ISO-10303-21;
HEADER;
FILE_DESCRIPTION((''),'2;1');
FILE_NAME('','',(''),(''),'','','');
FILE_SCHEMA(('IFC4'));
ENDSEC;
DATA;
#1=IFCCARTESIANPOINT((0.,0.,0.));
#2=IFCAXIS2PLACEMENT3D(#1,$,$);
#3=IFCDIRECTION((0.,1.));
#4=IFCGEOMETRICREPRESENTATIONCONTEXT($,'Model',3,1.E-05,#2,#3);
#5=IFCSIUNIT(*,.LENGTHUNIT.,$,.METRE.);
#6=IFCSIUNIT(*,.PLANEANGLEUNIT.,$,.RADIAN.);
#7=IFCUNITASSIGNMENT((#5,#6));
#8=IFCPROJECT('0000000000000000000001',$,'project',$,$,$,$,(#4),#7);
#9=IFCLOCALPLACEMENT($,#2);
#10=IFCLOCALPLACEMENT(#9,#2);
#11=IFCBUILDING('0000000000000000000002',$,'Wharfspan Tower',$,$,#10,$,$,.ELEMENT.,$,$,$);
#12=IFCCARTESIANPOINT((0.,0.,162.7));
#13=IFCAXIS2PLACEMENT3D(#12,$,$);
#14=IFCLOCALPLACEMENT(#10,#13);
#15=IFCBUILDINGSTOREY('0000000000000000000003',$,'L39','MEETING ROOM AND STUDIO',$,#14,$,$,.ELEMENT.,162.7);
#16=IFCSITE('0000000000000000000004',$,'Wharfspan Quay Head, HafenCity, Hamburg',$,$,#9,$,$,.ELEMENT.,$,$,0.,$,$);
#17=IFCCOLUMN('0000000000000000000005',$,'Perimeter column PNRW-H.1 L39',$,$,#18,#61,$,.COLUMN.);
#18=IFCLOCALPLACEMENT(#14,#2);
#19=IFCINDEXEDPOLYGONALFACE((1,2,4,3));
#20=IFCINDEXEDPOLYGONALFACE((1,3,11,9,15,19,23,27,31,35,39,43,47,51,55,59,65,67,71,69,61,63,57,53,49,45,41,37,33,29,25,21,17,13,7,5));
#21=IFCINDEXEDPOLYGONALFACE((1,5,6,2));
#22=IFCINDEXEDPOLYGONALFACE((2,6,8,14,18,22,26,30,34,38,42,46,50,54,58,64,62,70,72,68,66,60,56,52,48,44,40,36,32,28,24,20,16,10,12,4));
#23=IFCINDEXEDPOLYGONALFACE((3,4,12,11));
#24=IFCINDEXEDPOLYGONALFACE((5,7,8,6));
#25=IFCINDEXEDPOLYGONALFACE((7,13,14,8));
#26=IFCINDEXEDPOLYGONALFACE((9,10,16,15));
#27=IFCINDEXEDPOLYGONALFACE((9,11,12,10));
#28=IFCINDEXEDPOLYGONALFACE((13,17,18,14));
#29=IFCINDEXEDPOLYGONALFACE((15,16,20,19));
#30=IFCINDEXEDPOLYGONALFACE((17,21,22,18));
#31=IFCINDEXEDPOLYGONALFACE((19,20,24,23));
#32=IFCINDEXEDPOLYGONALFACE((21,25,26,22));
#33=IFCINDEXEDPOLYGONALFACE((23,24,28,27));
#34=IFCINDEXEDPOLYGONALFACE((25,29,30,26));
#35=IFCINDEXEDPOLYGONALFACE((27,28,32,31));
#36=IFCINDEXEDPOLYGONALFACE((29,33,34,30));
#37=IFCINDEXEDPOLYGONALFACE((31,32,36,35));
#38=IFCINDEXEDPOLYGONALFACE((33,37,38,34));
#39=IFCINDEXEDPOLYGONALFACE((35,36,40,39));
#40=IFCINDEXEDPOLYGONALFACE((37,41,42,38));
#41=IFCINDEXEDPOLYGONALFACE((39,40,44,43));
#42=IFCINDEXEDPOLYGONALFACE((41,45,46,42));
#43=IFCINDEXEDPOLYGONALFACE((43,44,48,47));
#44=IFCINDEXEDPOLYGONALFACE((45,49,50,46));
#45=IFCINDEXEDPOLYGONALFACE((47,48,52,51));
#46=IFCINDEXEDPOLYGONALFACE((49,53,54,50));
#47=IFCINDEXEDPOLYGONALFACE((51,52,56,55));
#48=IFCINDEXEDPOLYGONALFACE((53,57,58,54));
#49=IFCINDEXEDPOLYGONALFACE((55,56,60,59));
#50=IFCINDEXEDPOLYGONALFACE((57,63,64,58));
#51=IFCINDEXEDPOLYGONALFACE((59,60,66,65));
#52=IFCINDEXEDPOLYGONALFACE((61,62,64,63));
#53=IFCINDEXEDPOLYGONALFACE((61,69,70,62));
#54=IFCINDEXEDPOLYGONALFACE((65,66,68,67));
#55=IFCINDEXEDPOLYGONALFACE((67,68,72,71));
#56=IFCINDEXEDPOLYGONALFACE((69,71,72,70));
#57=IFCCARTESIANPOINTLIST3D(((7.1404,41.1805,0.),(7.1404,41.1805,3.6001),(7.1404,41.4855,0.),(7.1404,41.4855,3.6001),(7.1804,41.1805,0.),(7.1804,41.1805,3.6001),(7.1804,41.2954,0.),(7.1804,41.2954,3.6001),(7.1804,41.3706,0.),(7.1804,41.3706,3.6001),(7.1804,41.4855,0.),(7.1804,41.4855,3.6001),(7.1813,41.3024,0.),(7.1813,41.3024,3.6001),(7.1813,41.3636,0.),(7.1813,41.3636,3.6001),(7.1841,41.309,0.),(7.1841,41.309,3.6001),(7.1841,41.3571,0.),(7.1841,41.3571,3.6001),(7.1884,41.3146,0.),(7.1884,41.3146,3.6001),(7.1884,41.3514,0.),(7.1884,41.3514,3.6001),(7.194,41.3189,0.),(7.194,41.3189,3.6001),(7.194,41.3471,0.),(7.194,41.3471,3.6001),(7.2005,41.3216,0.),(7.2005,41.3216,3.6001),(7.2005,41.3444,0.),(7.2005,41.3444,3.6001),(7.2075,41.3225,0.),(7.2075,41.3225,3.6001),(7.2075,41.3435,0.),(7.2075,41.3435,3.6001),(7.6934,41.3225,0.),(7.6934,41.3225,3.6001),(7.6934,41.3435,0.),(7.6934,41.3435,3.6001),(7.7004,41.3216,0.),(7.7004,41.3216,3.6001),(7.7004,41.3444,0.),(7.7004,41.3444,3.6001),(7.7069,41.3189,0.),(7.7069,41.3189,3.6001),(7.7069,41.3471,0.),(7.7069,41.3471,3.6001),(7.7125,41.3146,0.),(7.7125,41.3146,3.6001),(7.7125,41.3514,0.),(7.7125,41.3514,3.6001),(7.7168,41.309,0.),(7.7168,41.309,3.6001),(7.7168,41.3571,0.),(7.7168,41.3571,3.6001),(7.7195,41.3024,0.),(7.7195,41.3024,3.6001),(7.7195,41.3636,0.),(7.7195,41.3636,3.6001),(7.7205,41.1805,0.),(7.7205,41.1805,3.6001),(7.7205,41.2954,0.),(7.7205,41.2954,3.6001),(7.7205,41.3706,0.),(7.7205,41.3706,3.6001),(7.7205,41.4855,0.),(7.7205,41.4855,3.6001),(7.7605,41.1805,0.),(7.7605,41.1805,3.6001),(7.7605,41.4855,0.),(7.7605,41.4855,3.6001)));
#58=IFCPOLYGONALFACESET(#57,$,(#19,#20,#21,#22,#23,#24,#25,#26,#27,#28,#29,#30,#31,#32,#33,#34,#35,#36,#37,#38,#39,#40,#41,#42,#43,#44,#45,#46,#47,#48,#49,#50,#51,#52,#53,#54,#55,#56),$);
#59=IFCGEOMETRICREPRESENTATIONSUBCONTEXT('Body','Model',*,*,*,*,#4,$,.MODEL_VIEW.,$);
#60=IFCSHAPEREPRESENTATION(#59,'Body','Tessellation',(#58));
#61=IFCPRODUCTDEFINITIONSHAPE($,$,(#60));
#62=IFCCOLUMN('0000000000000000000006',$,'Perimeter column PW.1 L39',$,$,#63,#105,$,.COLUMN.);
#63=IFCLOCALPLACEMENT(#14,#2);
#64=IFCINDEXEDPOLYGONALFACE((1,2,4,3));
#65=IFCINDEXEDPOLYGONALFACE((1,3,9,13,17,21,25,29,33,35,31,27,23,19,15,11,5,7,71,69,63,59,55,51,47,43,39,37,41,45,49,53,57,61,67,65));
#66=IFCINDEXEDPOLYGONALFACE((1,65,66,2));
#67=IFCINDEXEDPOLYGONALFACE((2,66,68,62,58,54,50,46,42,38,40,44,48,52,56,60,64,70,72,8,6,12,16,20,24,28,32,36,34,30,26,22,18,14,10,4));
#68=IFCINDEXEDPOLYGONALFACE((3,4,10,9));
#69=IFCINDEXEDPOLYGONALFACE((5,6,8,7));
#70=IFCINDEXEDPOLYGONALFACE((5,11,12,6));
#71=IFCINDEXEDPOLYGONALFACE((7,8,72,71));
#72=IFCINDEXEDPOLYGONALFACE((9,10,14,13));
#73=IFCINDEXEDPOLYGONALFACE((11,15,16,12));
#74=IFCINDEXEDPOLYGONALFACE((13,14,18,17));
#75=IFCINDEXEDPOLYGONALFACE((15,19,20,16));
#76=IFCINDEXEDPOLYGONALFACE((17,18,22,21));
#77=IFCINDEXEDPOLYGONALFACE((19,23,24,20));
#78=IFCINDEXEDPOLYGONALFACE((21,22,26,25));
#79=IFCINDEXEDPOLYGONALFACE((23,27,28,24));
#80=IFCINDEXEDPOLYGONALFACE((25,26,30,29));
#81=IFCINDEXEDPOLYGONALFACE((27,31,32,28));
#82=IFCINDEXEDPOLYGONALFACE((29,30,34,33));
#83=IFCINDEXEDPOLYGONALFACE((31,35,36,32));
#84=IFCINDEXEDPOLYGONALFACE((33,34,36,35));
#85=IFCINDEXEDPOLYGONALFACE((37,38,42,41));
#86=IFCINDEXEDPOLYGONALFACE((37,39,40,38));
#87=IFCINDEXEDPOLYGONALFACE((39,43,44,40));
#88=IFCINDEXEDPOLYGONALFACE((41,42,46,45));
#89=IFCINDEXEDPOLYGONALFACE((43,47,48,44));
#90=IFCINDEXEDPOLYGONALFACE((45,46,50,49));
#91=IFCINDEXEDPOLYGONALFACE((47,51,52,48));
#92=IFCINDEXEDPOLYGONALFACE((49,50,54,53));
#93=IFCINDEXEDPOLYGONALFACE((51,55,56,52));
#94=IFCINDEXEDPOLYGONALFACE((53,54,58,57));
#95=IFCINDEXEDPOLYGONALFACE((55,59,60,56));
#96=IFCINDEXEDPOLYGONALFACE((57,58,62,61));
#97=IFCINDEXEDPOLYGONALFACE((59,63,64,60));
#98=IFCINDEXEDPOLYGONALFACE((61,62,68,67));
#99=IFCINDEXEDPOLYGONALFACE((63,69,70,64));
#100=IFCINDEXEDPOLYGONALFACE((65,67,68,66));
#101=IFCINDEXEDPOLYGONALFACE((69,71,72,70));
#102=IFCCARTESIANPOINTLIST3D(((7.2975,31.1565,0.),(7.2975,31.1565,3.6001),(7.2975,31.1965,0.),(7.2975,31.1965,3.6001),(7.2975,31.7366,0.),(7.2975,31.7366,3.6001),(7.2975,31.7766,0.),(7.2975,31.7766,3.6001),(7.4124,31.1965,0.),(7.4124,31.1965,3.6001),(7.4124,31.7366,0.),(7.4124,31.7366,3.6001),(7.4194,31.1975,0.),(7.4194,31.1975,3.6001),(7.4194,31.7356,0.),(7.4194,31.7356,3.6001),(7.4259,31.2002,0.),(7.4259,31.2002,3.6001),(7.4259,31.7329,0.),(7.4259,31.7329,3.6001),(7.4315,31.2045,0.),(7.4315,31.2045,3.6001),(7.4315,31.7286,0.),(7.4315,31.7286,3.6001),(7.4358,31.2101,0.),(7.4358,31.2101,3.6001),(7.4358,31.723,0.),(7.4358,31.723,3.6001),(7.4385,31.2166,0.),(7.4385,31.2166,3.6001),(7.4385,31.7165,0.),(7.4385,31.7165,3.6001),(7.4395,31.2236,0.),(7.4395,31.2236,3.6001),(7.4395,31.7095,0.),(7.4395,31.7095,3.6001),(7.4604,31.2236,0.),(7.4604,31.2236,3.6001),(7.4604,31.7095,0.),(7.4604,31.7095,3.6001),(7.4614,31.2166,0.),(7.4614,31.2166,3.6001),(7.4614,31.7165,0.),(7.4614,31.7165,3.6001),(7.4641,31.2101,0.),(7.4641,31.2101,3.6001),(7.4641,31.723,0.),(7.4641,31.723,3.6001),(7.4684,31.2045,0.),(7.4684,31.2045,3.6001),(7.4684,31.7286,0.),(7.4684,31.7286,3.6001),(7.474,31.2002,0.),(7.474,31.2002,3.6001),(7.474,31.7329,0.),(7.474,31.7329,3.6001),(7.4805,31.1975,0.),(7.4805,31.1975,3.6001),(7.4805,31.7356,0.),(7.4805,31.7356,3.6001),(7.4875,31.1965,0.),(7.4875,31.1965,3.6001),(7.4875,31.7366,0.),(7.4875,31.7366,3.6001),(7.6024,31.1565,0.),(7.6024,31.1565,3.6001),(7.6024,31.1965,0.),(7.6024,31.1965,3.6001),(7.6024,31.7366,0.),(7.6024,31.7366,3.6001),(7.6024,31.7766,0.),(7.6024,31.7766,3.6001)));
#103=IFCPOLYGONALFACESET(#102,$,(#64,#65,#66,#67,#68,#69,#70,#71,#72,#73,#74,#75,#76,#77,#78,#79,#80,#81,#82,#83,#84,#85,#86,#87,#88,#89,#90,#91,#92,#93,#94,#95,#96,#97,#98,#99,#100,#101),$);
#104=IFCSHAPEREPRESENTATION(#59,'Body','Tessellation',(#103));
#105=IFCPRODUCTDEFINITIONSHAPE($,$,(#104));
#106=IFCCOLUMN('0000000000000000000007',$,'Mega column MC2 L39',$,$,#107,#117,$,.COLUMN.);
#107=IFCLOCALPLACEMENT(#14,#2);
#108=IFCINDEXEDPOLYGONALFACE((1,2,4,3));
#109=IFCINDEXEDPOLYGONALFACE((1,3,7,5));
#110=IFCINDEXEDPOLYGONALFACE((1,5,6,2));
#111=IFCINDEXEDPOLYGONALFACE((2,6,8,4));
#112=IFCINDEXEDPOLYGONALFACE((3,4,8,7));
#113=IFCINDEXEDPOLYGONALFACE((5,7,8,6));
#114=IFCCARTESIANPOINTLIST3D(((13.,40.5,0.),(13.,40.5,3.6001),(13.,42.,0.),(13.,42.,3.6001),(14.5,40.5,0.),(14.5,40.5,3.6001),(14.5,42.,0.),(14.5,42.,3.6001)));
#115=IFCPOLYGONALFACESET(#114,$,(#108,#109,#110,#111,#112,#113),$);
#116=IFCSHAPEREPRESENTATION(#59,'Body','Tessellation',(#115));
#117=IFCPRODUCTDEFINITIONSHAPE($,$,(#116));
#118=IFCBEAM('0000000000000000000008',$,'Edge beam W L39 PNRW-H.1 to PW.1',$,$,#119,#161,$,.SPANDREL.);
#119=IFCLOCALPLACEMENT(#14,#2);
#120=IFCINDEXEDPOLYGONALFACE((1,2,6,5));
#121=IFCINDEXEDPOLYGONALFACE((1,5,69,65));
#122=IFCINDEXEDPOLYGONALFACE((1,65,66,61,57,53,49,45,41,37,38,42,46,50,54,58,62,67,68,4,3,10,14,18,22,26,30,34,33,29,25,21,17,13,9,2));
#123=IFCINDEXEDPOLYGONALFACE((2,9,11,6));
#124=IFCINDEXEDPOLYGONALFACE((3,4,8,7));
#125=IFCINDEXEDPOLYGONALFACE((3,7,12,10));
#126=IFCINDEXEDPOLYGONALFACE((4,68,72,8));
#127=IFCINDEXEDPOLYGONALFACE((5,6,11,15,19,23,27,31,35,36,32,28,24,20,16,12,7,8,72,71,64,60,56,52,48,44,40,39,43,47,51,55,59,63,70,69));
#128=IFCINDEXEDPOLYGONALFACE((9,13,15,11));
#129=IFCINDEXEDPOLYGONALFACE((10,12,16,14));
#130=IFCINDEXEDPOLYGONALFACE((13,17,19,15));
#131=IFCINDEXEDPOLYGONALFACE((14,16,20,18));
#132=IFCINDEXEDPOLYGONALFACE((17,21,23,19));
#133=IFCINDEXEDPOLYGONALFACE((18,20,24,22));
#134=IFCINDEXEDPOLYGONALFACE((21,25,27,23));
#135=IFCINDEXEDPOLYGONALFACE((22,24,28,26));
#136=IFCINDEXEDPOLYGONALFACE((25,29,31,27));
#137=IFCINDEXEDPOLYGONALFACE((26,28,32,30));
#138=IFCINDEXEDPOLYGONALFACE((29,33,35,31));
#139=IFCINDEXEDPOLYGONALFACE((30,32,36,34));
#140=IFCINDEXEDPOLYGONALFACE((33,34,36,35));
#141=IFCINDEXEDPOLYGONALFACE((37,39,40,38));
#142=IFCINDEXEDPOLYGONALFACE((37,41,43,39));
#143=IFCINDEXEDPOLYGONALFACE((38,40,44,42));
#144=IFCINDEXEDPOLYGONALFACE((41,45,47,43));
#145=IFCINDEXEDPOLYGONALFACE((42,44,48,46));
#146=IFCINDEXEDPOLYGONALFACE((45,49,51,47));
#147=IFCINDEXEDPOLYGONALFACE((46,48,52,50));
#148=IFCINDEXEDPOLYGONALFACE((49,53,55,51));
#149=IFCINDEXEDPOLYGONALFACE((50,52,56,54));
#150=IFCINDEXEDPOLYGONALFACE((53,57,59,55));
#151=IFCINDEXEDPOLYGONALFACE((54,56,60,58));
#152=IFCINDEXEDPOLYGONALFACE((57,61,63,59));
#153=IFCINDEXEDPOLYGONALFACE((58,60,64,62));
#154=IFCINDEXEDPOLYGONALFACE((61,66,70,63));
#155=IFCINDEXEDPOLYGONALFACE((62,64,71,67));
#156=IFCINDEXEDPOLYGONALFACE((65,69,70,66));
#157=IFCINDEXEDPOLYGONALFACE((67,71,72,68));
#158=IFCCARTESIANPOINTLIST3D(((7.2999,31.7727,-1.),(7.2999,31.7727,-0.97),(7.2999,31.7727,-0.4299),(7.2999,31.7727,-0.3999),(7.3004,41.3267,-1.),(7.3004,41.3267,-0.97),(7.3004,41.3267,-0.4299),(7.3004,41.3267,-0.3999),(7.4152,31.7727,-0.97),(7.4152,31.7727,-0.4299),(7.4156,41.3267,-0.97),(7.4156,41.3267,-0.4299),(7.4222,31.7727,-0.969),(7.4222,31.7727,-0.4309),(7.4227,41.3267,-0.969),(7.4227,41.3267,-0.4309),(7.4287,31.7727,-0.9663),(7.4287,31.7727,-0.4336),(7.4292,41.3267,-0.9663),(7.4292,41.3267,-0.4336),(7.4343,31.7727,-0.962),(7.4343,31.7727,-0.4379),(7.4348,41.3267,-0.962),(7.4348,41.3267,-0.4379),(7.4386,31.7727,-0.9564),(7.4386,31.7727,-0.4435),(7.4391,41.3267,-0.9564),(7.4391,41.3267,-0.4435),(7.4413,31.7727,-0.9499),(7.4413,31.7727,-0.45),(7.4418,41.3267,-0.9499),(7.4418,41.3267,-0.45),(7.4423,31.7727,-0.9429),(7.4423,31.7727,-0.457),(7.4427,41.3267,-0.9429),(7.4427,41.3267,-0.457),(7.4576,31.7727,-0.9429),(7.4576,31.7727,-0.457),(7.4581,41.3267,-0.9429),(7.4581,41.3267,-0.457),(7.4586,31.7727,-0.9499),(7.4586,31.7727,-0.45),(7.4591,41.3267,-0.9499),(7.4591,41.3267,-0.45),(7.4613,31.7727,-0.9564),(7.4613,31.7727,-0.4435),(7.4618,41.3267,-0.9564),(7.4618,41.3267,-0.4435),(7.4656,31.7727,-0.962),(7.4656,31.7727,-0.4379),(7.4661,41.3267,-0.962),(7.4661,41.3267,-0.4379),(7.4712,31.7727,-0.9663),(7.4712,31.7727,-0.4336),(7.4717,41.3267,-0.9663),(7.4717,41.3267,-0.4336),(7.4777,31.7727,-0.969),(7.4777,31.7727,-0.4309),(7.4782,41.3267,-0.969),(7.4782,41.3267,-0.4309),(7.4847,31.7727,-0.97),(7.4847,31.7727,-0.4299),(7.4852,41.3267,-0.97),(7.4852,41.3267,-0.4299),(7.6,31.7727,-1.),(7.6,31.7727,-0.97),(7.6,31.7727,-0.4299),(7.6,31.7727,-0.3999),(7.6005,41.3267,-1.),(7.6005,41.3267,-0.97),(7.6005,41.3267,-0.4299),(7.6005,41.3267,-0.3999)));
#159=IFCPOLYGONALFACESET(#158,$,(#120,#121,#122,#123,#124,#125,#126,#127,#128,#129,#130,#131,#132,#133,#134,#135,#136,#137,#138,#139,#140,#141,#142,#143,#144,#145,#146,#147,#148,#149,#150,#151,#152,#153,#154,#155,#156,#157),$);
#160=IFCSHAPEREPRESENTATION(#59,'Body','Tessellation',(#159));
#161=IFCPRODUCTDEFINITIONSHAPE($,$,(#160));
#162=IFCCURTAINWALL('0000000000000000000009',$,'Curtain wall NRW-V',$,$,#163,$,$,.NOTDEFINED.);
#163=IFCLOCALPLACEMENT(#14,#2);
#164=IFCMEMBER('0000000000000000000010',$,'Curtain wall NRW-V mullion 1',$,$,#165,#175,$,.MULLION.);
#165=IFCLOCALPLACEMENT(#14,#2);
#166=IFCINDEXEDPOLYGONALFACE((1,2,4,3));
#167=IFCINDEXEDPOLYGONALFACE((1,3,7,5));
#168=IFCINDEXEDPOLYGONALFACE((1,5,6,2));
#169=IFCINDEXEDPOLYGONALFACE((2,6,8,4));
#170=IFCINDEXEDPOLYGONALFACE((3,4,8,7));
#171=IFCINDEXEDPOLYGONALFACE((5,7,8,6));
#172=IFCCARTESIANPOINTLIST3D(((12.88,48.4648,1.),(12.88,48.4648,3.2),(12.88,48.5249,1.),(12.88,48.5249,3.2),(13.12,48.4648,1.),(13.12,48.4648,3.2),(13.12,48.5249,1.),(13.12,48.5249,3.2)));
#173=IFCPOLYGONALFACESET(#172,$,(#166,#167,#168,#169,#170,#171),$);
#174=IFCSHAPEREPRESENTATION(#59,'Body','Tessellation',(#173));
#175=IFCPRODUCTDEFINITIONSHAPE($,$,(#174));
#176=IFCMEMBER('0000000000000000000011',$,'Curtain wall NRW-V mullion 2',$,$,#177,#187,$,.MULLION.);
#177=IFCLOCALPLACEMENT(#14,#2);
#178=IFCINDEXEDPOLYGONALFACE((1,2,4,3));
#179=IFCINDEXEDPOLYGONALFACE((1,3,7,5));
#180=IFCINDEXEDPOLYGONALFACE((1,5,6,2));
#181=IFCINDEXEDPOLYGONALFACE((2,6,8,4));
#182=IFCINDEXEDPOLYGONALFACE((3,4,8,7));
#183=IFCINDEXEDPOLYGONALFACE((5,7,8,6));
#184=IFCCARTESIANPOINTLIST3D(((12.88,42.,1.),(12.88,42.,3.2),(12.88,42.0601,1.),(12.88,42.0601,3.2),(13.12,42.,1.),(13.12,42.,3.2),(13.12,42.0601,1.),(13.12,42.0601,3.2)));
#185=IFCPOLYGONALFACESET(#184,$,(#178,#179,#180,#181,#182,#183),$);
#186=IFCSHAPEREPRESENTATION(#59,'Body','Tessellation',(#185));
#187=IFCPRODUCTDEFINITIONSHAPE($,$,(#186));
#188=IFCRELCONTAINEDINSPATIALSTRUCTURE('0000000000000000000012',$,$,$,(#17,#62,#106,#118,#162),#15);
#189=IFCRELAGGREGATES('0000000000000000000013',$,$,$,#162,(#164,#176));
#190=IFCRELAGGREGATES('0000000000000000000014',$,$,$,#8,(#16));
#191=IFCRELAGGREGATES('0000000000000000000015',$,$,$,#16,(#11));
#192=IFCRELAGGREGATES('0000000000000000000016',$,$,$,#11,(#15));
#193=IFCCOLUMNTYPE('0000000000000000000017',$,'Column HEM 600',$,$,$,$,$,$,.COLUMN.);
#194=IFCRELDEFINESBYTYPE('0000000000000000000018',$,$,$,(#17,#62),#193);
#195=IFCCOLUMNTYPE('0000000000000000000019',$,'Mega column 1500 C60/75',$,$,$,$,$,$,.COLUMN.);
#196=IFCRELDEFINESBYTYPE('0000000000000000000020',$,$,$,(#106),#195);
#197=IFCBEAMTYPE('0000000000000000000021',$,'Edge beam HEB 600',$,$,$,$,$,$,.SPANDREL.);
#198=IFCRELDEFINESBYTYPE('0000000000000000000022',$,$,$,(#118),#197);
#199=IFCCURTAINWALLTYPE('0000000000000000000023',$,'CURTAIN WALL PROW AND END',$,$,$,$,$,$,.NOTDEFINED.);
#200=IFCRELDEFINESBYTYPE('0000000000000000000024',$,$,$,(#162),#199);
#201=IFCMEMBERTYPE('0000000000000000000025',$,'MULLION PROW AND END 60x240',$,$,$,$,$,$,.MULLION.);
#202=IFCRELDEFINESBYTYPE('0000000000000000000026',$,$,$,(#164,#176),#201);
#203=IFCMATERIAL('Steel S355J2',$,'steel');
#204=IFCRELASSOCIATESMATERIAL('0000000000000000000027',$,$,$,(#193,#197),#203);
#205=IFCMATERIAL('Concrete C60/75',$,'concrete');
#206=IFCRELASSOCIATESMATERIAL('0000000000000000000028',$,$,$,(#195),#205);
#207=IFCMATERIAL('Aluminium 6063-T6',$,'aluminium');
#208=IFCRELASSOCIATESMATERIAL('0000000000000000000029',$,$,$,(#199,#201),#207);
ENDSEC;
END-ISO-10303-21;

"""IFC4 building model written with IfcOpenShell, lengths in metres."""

from ifc_helpers import new_model, si_unit, direction, frame, origin, origin_2d, place, context, subcontext, project, spatial, rectangle, i_section, extrude, material, material_profile, profile_set, type_object, element, aggregate, save


model = new_model("IFC4")

# Units and contexts
model_context = context("Model", 3, precision=1e-05, world=origin(), true_north=direction((0.0, 1.0)))
body_context = subcontext(model_context, "Body", "Model", "MODEL_VIEW")
ifc_project = project(units=[si_unit("LENGTHUNIT", "METRE"), si_unit("PLANEANGLEUNIT", "RADIAN")], contexts=[model_context])

# Site, building, storey
site_placement = place(None, origin())
site = spatial("IfcSite", under=ifc_project, at=site_placement, Name="Wharfspan Quay Head, HafenCity, Hamburg", CompositionType="ELEMENT", RefElevation=0.0)
building_placement = place(site_placement, origin())
building = spatial("IfcBuilding", under=site, at=building_placement, Name="Wharfspan Tower", CompositionType="ELEMENT")
storey_placement = place(building_placement, frame((0.0, 0.0, 162.7)))
storey = spatial("IfcBuildingStorey", under=building, at=storey_placement, Name="L39", Description="MEETING ROOM AND STUDIO", CompositionType="ELEMENT", Elevation=162.7)

# Columns
ifc_material_1 = material(Name="Steel S355J2", Category="steel")
ifc_material_profile_1 = material_profile(ifc_material_1, i_section(OverallWidth=0.3049, OverallDepth=0.6201, WebThickness=0.021, FlangeThickness=0.04, FilletRadius=0.0271, at=origin_2d()))
ifc_profile_set_1 = profile_set([ifc_material_profile_1], Name="Steel S355J2")
column_type_1 = type_object("IfcColumnType", Name="Column HEM 600", PredefinedType="COLUMN", material=ifc_profile_set_1)
for number, where, z_axis, x_axis, name in (
    (1, (7.4504, 41.333, 0.0), (0.0, 0.0, 1.0), (0.0, 1.0, 0.0), "Perimeter column PNRW-H.1 L39"),
    (2, (7.45, 31.4666, 0.0), (0.0, 0.0, 1.0), (-1.0, 0.0, 0.0), "Perimeter column PW.1 L39"),
):
    element("IfcColumn", number, at=place(storey_placement, frame(where, z_axis=z_axis, x_axis=x_axis)), inside=storey, type_object=column_type_1, Name=name, PredefinedType="COLUMN", context=body_context, shape_type="SweptSolid", body=[
        extrude(i_section(OverallWidth=0.3049, OverallDepth=0.6201, WebThickness=0.021, FlangeThickness=0.04, FilletRadius=0.0271, at=origin_2d()), origin(), (0.0, 0.0, 1.0), 3.6001),
    ])
ifc_material_2 = material(Name="Concrete C60/75", Category="concrete")
ifc_material_profile_2 = material_profile(ifc_material_2, rectangle(XDim=1.5, YDim=1.5, at=origin_2d()))
ifc_profile_set_2 = profile_set([ifc_material_profile_2], Name="Concrete C60/75")
column_type_2 = type_object("IfcColumnType", Name="Mega column 1500 C60/75", PredefinedType="COLUMN", material=ifc_profile_set_2)
column_placement = place(storey_placement, frame((13.75, 41.25, 0.0), z_axis=(0.0, 0.0, 1.0), x_axis=(1.0, 0.0, 0.0)))
element("IfcColumn", 3, at=column_placement, inside=storey, type_object=column_type_2, Name="Mega column MC2 L39", PredefinedType="COLUMN", context=body_context, shape_type="SweptSolid", body=[
    extrude(rectangle(XDim=1.5, YDim=1.5, at=origin_2d()), origin(), (0.0, 0.0, 1.0), 3.6001),
])

# Beam
ifc_material_profile_3 = material_profile(ifc_material_1, i_section(OverallWidth=0.3, OverallDepth=0.6001, WebThickness=0.0154, FlangeThickness=0.03, FilletRadius=0.0271, at=origin_2d()))
ifc_profile_set_3 = profile_set([ifc_material_profile_3], Name="Steel S355J2")
beam_type = type_object("IfcBeamType", Name="Edge beam HEB 600", PredefinedType="SPANDREL", material=ifc_profile_set_3)
beam_placement = place(storey_placement, frame((7.4504, 41.3267, -0.7), z_axis=(-0.000051, -1.0, 0.0), x_axis=(1.0, -0.000051, 0.0)))
element("IfcBeam", 4, at=beam_placement, inside=storey, type_object=beam_type, Name="Edge beam W L39 PNRW-H.1 to PW.1", PredefinedType="SPANDREL", context=body_context, shape_type="SweptSolid", body=[
    extrude(i_section(OverallWidth=0.3, OverallDepth=0.6001, WebThickness=0.0154, FlangeThickness=0.03, FilletRadius=0.0271, at=origin_2d()), origin(), (0.0, 0.0, 1.0), 9.554),
])

# Curtain wall, members
ifc_material_3 = material(Name="Aluminium 6063-T6", Category="aluminium")
curtain_wall_type = type_object("IfcCurtainWallType", Name="CURTAIN WALL PROW AND END", PredefinedType="NOTDEFINED", material=ifc_material_3)
curtain_wall_1_placement = place(storey_placement, origin())
curtain_wall_1 = element("IfcCurtainWall", 5, at=curtain_wall_1_placement, inside=storey, type_object=curtain_wall_type, Name="Curtain wall NRW-V", PredefinedType="NOTDEFINED")
ifc_material_profile_4 = material_profile(ifc_material_3, rectangle(XDim=0.24, YDim=0.0601, at=origin_2d()))
ifc_profile_set_4 = profile_set([ifc_material_profile_4], Name="Aluminium 6063-T6")
member_type_1 = type_object("IfcMemberType", Name="MULLION PROW AND END 60x240", PredefinedType="MULLION", material=ifc_profile_set_4)
member_1_placement = place(storey_placement, frame((13.0, 48.4949, 1.0), z_axis=(0.0, 0.0, 1.0), x_axis=(1.0, 0.0, 0.0)))
member_1 = element("IfcMember", 6, at=member_1_placement, type_object=member_type_1, Name="Curtain wall NRW-V mullion 1", PredefinedType="MULLION", context=body_context, shape_type="SweptSolid", body=[
    extrude(rectangle(XDim=0.24, YDim=0.0601, at=origin_2d()), origin(), (0.0, 0.0, 1.0), 2.2),
])
member_2_placement = place(storey_placement, frame((13.0, 42.03, 1.0), z_axis=(0.0, 0.0, 1.0), x_axis=(1.0, 0.0, 0.0)))
member_2 = element("IfcMember", 7, at=member_2_placement, type_object=member_type_1, Name="Curtain wall NRW-V mullion 2", PredefinedType="MULLION", context=body_context, shape_type="SweptSolid", body=[
    extrude(rectangle(XDim=0.24, YDim=0.0601, at=origin_2d()), origin(), (0.0, 0.0, 1.0), 2.2),
])

aggregate(curtain_wall_1, [member_1, member_2])

save(model, "model.ifc")
